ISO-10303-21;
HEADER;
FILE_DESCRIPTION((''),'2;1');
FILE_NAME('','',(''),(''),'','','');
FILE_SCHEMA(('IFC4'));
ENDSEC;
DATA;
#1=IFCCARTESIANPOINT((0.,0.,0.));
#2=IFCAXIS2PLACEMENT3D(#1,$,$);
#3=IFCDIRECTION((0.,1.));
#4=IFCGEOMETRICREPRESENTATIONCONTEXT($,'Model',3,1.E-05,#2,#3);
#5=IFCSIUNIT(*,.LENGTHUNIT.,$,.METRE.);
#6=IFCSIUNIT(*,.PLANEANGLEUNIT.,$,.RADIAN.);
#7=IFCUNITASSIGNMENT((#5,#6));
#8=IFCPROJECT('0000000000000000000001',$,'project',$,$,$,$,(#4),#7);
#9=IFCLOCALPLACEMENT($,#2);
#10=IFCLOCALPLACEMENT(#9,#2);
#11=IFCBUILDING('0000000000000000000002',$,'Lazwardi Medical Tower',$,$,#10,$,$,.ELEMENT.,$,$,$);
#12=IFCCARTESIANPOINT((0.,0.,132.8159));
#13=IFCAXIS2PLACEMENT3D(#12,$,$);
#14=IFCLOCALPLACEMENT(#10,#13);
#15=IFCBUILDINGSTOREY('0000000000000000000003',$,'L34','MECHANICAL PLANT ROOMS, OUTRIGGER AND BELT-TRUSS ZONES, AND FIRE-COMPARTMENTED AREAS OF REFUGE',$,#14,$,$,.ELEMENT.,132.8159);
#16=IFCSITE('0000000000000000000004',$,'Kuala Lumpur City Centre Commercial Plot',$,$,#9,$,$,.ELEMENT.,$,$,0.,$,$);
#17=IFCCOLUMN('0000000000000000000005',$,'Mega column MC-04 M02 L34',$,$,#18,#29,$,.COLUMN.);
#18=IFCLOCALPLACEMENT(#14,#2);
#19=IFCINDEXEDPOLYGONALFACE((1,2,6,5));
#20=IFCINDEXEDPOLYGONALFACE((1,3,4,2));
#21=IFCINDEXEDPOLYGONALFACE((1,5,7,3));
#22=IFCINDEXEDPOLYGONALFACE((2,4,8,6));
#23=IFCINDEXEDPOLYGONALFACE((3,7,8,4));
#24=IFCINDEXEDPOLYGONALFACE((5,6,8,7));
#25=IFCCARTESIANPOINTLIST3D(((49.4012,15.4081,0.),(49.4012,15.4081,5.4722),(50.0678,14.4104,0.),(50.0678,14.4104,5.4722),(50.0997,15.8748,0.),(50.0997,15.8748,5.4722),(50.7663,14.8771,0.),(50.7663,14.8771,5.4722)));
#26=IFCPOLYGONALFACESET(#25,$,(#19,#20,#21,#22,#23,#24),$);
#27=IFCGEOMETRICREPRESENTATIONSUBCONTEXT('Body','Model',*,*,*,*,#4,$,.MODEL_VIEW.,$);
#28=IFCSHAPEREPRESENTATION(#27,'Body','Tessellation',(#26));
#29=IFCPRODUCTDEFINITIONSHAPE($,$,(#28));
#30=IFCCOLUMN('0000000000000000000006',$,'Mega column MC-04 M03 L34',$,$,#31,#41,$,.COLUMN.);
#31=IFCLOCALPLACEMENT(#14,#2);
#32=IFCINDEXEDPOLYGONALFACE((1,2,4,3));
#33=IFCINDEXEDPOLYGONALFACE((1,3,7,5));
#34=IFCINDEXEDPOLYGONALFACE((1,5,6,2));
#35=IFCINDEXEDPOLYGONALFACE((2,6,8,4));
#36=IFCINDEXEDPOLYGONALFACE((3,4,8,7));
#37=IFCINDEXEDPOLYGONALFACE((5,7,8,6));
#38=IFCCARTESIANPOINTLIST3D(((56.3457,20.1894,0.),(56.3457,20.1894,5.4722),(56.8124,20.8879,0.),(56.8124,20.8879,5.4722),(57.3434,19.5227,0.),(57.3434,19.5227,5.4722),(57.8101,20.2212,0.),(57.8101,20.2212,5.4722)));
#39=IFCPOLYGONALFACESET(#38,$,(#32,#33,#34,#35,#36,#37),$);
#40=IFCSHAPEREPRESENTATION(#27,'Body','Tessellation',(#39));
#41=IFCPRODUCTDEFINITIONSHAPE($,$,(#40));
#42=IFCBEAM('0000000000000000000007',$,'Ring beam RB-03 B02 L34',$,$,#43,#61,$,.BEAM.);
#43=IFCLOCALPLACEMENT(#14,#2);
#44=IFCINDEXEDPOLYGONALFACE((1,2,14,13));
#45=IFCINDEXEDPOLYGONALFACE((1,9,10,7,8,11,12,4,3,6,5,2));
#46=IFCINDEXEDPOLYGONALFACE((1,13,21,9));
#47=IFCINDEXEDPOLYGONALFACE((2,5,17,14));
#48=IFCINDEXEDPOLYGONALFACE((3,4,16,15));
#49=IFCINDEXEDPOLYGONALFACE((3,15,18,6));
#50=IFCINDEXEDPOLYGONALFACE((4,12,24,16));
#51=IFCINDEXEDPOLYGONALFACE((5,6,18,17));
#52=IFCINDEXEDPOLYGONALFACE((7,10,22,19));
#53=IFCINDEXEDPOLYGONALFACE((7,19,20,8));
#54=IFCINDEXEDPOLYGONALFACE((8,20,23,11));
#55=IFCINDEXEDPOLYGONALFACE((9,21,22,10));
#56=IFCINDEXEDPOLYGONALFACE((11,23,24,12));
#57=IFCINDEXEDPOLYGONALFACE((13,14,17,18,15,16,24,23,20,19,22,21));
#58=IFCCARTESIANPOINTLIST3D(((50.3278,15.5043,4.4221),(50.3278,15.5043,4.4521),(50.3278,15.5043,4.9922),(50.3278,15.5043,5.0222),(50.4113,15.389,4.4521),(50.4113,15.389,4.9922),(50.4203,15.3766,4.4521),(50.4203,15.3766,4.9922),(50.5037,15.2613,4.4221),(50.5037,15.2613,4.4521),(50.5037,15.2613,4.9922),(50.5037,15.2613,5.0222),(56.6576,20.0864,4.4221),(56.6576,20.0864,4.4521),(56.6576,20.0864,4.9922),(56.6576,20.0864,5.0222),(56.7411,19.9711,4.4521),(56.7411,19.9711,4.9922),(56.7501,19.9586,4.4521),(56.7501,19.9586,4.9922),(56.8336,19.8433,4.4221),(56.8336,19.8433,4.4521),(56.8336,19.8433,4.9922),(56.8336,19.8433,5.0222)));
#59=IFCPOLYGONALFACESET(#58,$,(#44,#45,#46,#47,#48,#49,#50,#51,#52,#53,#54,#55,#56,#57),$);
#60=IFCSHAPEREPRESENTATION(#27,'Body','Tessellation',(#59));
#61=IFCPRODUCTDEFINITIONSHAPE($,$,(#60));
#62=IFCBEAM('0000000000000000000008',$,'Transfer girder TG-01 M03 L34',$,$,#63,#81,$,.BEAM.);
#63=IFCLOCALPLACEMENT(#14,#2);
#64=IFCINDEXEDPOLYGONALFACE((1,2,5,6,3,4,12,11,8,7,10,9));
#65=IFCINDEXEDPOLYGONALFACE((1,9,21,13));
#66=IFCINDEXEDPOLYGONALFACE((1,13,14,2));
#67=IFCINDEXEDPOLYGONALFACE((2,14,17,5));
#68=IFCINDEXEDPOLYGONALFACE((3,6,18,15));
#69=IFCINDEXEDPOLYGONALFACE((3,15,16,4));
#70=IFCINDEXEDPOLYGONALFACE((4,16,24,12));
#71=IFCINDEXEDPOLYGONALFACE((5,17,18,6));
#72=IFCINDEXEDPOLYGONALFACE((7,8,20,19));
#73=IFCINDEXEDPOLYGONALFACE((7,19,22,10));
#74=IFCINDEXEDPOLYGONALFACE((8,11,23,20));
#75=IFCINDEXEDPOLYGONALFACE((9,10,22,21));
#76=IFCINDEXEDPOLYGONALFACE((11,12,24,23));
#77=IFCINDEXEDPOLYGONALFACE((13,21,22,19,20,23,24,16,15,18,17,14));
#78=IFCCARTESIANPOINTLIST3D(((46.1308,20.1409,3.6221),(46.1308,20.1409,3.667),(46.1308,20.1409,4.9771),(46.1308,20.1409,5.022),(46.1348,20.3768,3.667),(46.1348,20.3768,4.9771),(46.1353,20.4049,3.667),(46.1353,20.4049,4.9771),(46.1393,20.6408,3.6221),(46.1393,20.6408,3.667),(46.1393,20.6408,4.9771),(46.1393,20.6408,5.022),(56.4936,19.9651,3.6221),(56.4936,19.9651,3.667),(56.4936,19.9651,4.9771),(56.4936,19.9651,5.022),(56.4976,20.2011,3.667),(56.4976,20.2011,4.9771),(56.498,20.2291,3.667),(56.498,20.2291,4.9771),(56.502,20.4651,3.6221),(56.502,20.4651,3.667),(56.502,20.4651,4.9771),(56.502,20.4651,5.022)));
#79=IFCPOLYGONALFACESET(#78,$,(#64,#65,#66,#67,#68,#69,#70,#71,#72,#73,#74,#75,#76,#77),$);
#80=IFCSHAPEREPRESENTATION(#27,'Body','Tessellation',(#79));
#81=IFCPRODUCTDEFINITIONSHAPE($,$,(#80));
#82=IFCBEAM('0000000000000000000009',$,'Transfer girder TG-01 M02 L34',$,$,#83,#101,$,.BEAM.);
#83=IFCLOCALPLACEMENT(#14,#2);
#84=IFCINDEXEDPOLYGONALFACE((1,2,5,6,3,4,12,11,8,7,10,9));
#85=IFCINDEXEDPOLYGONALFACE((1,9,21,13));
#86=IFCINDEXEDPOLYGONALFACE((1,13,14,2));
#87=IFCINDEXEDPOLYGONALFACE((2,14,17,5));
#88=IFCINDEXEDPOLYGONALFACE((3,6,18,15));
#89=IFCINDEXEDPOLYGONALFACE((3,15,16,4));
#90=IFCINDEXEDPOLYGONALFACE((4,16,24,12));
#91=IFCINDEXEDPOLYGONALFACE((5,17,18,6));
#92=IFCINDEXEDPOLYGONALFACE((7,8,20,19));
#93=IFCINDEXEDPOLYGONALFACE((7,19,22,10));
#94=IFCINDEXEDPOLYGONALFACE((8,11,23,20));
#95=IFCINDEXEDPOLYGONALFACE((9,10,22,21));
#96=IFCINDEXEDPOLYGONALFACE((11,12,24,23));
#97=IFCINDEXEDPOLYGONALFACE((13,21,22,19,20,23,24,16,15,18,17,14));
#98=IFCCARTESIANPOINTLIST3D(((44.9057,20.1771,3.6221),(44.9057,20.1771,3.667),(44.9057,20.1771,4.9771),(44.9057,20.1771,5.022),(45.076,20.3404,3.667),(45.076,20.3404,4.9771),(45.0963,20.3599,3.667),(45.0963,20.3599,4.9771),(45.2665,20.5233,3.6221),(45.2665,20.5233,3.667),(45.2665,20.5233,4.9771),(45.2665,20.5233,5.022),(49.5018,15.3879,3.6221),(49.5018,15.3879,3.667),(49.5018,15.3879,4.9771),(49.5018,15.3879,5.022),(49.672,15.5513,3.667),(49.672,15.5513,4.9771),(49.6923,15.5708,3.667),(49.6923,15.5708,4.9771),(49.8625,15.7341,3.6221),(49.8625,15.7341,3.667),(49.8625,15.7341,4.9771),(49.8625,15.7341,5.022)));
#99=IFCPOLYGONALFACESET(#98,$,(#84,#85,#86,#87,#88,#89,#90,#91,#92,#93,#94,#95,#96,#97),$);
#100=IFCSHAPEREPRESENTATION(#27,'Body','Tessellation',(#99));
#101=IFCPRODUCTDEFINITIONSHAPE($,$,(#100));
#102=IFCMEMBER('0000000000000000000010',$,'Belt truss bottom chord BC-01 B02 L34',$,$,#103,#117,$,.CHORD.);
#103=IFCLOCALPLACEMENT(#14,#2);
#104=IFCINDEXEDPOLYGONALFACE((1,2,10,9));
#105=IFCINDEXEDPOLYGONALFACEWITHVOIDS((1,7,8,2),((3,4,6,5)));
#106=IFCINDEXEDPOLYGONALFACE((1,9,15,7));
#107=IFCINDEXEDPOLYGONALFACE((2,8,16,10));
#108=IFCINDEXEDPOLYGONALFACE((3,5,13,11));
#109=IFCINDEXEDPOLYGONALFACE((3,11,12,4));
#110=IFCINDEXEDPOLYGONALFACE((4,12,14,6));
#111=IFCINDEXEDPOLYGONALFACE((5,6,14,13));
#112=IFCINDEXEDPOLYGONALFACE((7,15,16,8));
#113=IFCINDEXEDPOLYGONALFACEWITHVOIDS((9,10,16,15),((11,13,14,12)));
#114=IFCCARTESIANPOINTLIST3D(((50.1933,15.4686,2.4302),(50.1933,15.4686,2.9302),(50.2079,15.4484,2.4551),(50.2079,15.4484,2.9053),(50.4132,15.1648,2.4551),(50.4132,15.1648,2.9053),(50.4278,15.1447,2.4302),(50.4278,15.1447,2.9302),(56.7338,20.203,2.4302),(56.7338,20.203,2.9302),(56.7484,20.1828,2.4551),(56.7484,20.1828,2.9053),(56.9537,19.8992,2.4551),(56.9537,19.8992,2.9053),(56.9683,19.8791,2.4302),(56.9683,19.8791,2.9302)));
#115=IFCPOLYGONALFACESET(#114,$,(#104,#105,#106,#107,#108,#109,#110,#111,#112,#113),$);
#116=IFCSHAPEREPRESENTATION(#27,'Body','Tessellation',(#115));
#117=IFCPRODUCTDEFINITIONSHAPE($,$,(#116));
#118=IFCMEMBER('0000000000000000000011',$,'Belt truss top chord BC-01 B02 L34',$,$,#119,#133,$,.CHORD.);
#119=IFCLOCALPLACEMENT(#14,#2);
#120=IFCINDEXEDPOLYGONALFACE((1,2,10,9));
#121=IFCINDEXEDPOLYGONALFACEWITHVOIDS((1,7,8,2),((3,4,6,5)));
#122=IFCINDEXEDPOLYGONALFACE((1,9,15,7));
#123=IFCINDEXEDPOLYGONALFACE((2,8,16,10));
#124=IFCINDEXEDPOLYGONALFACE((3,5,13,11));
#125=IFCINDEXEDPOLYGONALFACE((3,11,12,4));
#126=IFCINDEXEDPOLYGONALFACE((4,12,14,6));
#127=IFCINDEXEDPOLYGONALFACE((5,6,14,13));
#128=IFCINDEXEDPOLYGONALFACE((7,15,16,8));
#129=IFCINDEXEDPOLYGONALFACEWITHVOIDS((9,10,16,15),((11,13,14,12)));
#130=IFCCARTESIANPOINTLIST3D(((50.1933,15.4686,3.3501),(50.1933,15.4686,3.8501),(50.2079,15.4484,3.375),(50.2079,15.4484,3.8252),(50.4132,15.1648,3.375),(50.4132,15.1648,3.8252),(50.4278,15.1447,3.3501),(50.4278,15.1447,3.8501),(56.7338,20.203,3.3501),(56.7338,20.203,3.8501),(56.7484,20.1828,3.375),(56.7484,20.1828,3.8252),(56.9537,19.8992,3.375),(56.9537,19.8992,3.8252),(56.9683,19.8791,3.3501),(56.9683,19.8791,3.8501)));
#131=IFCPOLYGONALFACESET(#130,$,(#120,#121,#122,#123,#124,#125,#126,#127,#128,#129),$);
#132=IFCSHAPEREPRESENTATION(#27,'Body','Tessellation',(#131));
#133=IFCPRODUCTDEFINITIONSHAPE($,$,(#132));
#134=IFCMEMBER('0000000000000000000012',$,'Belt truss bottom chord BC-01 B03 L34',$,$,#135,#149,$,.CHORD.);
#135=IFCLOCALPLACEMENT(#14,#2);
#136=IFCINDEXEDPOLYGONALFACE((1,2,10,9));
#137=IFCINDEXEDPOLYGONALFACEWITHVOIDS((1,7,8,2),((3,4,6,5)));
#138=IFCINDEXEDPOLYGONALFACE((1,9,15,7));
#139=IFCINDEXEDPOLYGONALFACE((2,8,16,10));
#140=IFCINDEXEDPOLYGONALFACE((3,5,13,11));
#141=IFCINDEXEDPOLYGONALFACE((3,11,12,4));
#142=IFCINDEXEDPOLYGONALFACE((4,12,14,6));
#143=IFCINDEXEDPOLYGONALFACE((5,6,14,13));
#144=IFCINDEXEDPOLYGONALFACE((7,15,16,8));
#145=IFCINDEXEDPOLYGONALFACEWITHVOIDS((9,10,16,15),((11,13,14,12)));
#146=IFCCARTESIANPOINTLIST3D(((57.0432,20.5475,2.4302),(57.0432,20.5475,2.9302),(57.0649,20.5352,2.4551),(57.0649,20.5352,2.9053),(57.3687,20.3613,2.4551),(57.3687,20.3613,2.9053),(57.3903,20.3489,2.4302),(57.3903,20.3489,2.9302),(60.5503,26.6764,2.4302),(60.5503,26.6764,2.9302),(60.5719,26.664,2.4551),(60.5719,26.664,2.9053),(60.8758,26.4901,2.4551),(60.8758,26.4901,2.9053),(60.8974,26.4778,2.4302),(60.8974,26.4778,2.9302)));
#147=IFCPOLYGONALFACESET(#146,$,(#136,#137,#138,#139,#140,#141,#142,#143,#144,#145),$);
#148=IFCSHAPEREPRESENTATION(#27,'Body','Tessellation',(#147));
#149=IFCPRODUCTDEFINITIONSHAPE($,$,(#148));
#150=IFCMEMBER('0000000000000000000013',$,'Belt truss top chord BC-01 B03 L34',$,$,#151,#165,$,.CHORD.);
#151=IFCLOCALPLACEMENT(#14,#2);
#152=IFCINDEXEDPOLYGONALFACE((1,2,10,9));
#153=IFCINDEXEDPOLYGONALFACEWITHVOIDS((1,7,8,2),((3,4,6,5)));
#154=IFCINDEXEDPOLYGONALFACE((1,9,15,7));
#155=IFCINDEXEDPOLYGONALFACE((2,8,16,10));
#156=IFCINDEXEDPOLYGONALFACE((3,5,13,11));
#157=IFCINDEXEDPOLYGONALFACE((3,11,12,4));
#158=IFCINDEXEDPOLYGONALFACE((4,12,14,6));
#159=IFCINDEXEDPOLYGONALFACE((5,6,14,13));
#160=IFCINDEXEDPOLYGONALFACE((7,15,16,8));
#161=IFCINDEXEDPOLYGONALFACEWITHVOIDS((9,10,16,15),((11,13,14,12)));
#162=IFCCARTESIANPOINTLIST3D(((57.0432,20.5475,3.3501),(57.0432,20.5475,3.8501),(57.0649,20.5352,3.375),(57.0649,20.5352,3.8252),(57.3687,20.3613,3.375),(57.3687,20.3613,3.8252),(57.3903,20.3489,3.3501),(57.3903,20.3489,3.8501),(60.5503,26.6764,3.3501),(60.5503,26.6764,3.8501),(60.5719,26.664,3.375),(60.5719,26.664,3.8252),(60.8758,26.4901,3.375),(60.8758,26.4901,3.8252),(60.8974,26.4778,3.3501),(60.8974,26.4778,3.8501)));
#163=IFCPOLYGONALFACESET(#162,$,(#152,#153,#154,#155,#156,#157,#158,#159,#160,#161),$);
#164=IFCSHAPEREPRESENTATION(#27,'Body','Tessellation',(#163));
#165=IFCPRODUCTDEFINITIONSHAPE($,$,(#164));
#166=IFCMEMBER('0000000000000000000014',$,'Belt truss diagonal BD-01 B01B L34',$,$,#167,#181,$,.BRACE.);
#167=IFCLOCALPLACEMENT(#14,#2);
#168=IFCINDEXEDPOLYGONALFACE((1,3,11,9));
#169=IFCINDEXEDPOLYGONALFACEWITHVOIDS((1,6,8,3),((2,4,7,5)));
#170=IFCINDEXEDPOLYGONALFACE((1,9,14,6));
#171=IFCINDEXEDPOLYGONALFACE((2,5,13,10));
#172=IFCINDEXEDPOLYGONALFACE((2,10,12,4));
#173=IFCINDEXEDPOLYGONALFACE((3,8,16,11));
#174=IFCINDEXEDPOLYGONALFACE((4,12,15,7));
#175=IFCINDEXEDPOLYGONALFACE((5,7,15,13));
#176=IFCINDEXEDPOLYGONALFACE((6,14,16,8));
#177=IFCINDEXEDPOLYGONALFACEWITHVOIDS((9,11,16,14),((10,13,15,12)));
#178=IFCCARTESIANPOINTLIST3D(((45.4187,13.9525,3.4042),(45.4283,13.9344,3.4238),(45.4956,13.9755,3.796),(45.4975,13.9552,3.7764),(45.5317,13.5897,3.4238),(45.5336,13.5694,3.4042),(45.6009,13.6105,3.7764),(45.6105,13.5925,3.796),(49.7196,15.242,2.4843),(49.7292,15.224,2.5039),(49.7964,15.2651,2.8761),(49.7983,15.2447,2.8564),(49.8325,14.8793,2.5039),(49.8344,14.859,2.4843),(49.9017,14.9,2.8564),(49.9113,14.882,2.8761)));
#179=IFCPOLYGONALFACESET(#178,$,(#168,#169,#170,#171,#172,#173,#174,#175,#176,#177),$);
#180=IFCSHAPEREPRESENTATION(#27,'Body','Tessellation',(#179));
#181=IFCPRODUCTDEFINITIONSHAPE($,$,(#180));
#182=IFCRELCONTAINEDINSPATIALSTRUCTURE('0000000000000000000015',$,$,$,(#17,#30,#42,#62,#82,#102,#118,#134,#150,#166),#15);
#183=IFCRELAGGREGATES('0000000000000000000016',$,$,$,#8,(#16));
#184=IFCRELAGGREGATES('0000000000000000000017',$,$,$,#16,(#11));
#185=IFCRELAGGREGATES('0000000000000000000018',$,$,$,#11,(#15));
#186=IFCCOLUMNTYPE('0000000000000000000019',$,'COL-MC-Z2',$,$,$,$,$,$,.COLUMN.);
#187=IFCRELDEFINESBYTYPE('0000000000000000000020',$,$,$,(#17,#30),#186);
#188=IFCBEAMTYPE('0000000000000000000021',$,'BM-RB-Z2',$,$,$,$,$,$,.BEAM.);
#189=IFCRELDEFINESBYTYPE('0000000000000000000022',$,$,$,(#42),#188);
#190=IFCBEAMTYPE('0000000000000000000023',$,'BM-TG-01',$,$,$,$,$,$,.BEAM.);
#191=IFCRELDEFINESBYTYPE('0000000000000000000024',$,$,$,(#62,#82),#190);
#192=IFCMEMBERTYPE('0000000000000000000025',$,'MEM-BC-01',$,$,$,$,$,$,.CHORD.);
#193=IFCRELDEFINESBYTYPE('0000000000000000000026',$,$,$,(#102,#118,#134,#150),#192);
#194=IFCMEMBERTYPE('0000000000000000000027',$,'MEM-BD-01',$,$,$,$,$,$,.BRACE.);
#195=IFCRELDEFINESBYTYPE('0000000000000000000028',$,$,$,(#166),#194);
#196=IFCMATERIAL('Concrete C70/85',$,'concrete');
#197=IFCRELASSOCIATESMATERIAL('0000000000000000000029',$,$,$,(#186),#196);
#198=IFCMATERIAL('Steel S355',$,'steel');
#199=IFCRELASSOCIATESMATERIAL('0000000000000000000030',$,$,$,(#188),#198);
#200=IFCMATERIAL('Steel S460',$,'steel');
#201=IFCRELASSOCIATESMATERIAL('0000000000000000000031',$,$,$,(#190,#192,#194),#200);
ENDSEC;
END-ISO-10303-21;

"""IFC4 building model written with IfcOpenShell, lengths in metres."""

from ifc_helpers import new_model, si_unit, direction, frame, origin, origin_2d, place, context, subcontext, project, spatial, rectangle, hollow_rectangle, i_section, extrude, material, material_profile, profile_set, type_object, element, save


model = new_model("IFC4")

# Units and contexts
model_context = context("Model", 3, precision=1e-05, world=origin(), true_north=direction((0.0, 1.0)))
body_context = subcontext(model_context, "Body", "Model", "MODEL_VIEW")
ifc_project = project(units=[si_unit("LENGTHUNIT", "METRE"), si_unit("PLANEANGLEUNIT", "RADIAN")], contexts=[model_context])

# Site, building, storey
site_placement = place(None, origin())
site = spatial("IfcSite", under=ifc_project, at=site_placement, Name="Kuala Lumpur City Centre Commercial Plot", CompositionType="ELEMENT", RefElevation=0.0)
building_placement = place(site_placement, origin())
building = spatial("IfcBuilding", under=site, at=building_placement, Name="Lazwardi Medical Tower", CompositionType="ELEMENT")
storey_placement = place(building_placement, frame((0.0, 0.0, 132.8159)))
storey = spatial("IfcBuildingStorey", under=building, at=storey_placement, Name="L34", Description="MECHANICAL PLANT ROOMS, OUTRIGGER AND BELT-TRUSS ZONES, AND FIRE-COMPARTMENTED AREAS OF REFUGE", CompositionType="ELEMENT", Elevation=132.8159)

# Columns
ifc_material_1 = material(Name="Concrete C70/85", Category="concrete")
ifc_material_profile_1 = material_profile(ifc_material_1, rectangle(XDim=1.2, YDim=0.8401, at=origin_2d()), Name="CFT-RECT 1200x840")
ifc_profile_set_1 = profile_set([ifc_material_profile_1], Name="Concrete C70/85")
column_type = type_object("IfcColumnType", Name="COL-MC-Z2", PredefinedType="COLUMN", material=ifc_profile_set_1)
for number, where, z_axis, x_axis, name in (
    (1, (50.0837, 15.1426, 0.0), (0.0, 0.0, 1.0), (0.55557, -0.83147, 0.0), "Mega column MC-04 M02 L34"),
    (2, (57.0779, 20.2053, 0.0), (0.0, 0.0, 1.0), (0.83147, -0.55557, 0.0), "Mega column MC-04 M03 L34"),
):
    element("IfcColumn", number, at=place(storey_placement, frame(where, z_axis=z_axis, x_axis=x_axis)), inside=storey, type_object=column_type, Name=name, PredefinedType="COLUMN", context=body_context, shape_type="SweptSolid", body=[
        extrude(rectangle(XDim=1.2, YDim=0.8401, at=origin_2d()), origin(), (0.0, 0.0, 1.0), 5.4722),
    ])

# Beams
ifc_material_2 = material(Name="Steel S355", Category="steel")
ifc_material_profile_2 = material_profile(ifc_material_2, i_section(OverallWidth=0.3, OverallDepth=0.6001, WebThickness=0.0154, FlangeThickness=0.03, at=origin_2d()), Name="HEB 600")
ifc_profile_set_2 = profile_set([ifc_material_profile_2], Name="Steel S355")
beam_type_1 = type_object("IfcBeamType", Name="BM-RB-Z2", PredefinedType="BEAM", material=ifc_profile_set_2)
beam_1_placement = place(storey_placement, frame((50.4158, 15.3828, 4.7222), z_axis=(0.810042, 0.586372, 0.0), x_axis=(-0.586372, 0.810042, 0.0)))
element("IfcBeam", 3, at=beam_1_placement, inside=storey, type_object=beam_type_1, Name="Ring beam RB-03 B02 L34", PredefinedType="BEAM", context=body_context, shape_type="SweptSolid", body=[
    extrude(i_section(OverallWidth=0.3, OverallDepth=0.6001, WebThickness=0.0154, FlangeThickness=0.03, at=origin_2d()), origin(), (0.0, 0.0, 1.0), 7.8142),
])
ifc_material_3 = material(Name="Steel S460", Category="steel")
ifc_material_profile_3 = material_profile(ifc_material_3, i_section(OverallWidth=0.5, OverallDepth=1.3999, WebThickness=0.0281, FlangeThickness=0.0449, at=origin_2d()), Name="PG 1400x500")
ifc_profile_set_3 = profile_set([ifc_material_profile_3], Name="Steel S460")
beam_type_2 = type_object("IfcBeamType", Name="BM-TG-01", PredefinedType="BEAM", material=ifc_profile_set_3)
beam_2_placement = place(storey_placement, frame((56.4978, 20.2151, 4.322), z_axis=(-0.999856, 0.01696, 0.0), x_axis=(-0.01696, -0.999856, 0.0)))
element("IfcBeam", 4, at=beam_2_placement, inside=storey, type_object=beam_type_2, Name="Transfer girder TG-01 M03 L34", PredefinedType="BEAM", context=body_context, shape_type="SweptSolid", body=[
    extrude(i_section(OverallWidth=0.5, OverallDepth=1.3999, WebThickness=0.0281, FlangeThickness=0.0449, at=origin_2d()), origin(), (0.0, 0.0, 1.0), 10.3643),
])
beam_3_placement = place(storey_placement, frame((49.6821, 15.561, 4.322), z_axis=(-0.69241, 0.721504, 0.0), x_axis=(-0.721504, -0.69241, 0.0)))
element("IfcBeam", 5, at=beam_3_placement, inside=storey, type_object=beam_type_2, Name="Transfer girder TG-01 M02 L34", PredefinedType="BEAM", context=body_context, shape_type="SweptSolid", body=[
    extrude(i_section(OverallWidth=0.5, OverallDepth=1.3999, WebThickness=0.0281, FlangeThickness=0.0449, at=origin_2d()), origin(), (0.0, 0.0, 1.0), 6.6377),
])

# Members
ifc_material_profile_4 = material_profile(ifc_material_3, hollow_rectangle(XDim=0.3999, YDim=0.5, WallThickness=0.0249, at=origin_2d()), Name="RHS 500x400x25")
ifc_profile_set_4 = profile_set([ifc_material_profile_4], Name="Steel S460")
member_type_1 = type_object("IfcMemberType", Name="MEM-BC-01", PredefinedType="CHORD", material=ifc_profile_set_4)
for number, where, z_axis, x_axis, name in (
    (6, (50.3105, 15.3066, 2.6802), (0.810052, 0.586358, 0.0), (-0.586358, 0.810052, 0.0), "Belt truss bottom chord BC-01 B02 L34"),
    (7, (50.3105, 15.3066, 3.6001), (0.810052, 0.586358, 0.0), (-0.586358, 0.810052, 0.0), "Belt truss top chord BC-01 B02 L34"),
):
    element("IfcMember", number, at=place(storey_placement, frame(where, z_axis=z_axis, x_axis=x_axis)), inside=storey, type_object=member_type_1, Name=name, PredefinedType="CHORD", context=body_context, shape_type="SweptSolid", body=[
        extrude(hollow_rectangle(XDim=0.3999, YDim=0.5, WallThickness=0.0249, at=origin_2d()), origin(), (0.0, 0.0, 1.0), 8.0742),
    ])
for number, where, z_axis, x_axis, name in (
    (8, (57.2168, 20.4482, 2.6802), (0.496656, 0.867947, 0.0), (-0.867947, 0.496656, 0.0), "Belt truss bottom chord BC-01 B03 L34"),
    (9, (57.2168, 20.4482, 3.6001), (0.496656, 0.867947, 0.0), (-0.867947, 0.496656, 0.0), "Belt truss top chord BC-01 B03 L34"),
):
    element("IfcMember", number, at=place(storey_placement, frame(where, z_axis=z_axis, x_axis=x_axis)), inside=storey, type_object=member_type_1, Name=name, PredefinedType="CHORD", context=body_context, shape_type="SweptSolid", body=[
        extrude(hollow_rectangle(XDim=0.3999, YDim=0.5, WallThickness=0.0249, at=origin_2d()), origin(), (0.0, 0.0, 1.0), 7.0613),
    ])
ifc_material_profile_5 = material_profile(ifc_material_3, hollow_rectangle(XDim=0.3999, YDim=0.3999, WallThickness=0.02, at=origin_2d()), Name="RHS 400x400x20")
ifc_profile_set_5 = profile_set([ifc_material_profile_5], Name="Steel S460")
member_type_2 = type_object("IfcMemberType", Name="MEM-BD-01", PredefinedType="BRACE", material=ifc_profile_set_5)
member_1_placement = place(storey_placement, frame((49.8154, 15.062, 2.6802), z_axis=(-0.938375, -0.281363, 0.200715), x_axis=(0.287208, -0.957868, 0.0)))
element("IfcMember", 10, at=member_1_placement, inside=storey, type_object=member_type_2, Name="Belt truss diagonal BD-01 B01B L34", PredefinedType="BRACE", context=body_context, shape_type="SweptSolid", body=[
    extrude(hollow_rectangle(XDim=0.3999, YDim=0.3999, WallThickness=0.02, at=origin_2d()), origin(), (0.0, 0.0, 1.0), 4.5833),
])

save(model, "model.ifc")
